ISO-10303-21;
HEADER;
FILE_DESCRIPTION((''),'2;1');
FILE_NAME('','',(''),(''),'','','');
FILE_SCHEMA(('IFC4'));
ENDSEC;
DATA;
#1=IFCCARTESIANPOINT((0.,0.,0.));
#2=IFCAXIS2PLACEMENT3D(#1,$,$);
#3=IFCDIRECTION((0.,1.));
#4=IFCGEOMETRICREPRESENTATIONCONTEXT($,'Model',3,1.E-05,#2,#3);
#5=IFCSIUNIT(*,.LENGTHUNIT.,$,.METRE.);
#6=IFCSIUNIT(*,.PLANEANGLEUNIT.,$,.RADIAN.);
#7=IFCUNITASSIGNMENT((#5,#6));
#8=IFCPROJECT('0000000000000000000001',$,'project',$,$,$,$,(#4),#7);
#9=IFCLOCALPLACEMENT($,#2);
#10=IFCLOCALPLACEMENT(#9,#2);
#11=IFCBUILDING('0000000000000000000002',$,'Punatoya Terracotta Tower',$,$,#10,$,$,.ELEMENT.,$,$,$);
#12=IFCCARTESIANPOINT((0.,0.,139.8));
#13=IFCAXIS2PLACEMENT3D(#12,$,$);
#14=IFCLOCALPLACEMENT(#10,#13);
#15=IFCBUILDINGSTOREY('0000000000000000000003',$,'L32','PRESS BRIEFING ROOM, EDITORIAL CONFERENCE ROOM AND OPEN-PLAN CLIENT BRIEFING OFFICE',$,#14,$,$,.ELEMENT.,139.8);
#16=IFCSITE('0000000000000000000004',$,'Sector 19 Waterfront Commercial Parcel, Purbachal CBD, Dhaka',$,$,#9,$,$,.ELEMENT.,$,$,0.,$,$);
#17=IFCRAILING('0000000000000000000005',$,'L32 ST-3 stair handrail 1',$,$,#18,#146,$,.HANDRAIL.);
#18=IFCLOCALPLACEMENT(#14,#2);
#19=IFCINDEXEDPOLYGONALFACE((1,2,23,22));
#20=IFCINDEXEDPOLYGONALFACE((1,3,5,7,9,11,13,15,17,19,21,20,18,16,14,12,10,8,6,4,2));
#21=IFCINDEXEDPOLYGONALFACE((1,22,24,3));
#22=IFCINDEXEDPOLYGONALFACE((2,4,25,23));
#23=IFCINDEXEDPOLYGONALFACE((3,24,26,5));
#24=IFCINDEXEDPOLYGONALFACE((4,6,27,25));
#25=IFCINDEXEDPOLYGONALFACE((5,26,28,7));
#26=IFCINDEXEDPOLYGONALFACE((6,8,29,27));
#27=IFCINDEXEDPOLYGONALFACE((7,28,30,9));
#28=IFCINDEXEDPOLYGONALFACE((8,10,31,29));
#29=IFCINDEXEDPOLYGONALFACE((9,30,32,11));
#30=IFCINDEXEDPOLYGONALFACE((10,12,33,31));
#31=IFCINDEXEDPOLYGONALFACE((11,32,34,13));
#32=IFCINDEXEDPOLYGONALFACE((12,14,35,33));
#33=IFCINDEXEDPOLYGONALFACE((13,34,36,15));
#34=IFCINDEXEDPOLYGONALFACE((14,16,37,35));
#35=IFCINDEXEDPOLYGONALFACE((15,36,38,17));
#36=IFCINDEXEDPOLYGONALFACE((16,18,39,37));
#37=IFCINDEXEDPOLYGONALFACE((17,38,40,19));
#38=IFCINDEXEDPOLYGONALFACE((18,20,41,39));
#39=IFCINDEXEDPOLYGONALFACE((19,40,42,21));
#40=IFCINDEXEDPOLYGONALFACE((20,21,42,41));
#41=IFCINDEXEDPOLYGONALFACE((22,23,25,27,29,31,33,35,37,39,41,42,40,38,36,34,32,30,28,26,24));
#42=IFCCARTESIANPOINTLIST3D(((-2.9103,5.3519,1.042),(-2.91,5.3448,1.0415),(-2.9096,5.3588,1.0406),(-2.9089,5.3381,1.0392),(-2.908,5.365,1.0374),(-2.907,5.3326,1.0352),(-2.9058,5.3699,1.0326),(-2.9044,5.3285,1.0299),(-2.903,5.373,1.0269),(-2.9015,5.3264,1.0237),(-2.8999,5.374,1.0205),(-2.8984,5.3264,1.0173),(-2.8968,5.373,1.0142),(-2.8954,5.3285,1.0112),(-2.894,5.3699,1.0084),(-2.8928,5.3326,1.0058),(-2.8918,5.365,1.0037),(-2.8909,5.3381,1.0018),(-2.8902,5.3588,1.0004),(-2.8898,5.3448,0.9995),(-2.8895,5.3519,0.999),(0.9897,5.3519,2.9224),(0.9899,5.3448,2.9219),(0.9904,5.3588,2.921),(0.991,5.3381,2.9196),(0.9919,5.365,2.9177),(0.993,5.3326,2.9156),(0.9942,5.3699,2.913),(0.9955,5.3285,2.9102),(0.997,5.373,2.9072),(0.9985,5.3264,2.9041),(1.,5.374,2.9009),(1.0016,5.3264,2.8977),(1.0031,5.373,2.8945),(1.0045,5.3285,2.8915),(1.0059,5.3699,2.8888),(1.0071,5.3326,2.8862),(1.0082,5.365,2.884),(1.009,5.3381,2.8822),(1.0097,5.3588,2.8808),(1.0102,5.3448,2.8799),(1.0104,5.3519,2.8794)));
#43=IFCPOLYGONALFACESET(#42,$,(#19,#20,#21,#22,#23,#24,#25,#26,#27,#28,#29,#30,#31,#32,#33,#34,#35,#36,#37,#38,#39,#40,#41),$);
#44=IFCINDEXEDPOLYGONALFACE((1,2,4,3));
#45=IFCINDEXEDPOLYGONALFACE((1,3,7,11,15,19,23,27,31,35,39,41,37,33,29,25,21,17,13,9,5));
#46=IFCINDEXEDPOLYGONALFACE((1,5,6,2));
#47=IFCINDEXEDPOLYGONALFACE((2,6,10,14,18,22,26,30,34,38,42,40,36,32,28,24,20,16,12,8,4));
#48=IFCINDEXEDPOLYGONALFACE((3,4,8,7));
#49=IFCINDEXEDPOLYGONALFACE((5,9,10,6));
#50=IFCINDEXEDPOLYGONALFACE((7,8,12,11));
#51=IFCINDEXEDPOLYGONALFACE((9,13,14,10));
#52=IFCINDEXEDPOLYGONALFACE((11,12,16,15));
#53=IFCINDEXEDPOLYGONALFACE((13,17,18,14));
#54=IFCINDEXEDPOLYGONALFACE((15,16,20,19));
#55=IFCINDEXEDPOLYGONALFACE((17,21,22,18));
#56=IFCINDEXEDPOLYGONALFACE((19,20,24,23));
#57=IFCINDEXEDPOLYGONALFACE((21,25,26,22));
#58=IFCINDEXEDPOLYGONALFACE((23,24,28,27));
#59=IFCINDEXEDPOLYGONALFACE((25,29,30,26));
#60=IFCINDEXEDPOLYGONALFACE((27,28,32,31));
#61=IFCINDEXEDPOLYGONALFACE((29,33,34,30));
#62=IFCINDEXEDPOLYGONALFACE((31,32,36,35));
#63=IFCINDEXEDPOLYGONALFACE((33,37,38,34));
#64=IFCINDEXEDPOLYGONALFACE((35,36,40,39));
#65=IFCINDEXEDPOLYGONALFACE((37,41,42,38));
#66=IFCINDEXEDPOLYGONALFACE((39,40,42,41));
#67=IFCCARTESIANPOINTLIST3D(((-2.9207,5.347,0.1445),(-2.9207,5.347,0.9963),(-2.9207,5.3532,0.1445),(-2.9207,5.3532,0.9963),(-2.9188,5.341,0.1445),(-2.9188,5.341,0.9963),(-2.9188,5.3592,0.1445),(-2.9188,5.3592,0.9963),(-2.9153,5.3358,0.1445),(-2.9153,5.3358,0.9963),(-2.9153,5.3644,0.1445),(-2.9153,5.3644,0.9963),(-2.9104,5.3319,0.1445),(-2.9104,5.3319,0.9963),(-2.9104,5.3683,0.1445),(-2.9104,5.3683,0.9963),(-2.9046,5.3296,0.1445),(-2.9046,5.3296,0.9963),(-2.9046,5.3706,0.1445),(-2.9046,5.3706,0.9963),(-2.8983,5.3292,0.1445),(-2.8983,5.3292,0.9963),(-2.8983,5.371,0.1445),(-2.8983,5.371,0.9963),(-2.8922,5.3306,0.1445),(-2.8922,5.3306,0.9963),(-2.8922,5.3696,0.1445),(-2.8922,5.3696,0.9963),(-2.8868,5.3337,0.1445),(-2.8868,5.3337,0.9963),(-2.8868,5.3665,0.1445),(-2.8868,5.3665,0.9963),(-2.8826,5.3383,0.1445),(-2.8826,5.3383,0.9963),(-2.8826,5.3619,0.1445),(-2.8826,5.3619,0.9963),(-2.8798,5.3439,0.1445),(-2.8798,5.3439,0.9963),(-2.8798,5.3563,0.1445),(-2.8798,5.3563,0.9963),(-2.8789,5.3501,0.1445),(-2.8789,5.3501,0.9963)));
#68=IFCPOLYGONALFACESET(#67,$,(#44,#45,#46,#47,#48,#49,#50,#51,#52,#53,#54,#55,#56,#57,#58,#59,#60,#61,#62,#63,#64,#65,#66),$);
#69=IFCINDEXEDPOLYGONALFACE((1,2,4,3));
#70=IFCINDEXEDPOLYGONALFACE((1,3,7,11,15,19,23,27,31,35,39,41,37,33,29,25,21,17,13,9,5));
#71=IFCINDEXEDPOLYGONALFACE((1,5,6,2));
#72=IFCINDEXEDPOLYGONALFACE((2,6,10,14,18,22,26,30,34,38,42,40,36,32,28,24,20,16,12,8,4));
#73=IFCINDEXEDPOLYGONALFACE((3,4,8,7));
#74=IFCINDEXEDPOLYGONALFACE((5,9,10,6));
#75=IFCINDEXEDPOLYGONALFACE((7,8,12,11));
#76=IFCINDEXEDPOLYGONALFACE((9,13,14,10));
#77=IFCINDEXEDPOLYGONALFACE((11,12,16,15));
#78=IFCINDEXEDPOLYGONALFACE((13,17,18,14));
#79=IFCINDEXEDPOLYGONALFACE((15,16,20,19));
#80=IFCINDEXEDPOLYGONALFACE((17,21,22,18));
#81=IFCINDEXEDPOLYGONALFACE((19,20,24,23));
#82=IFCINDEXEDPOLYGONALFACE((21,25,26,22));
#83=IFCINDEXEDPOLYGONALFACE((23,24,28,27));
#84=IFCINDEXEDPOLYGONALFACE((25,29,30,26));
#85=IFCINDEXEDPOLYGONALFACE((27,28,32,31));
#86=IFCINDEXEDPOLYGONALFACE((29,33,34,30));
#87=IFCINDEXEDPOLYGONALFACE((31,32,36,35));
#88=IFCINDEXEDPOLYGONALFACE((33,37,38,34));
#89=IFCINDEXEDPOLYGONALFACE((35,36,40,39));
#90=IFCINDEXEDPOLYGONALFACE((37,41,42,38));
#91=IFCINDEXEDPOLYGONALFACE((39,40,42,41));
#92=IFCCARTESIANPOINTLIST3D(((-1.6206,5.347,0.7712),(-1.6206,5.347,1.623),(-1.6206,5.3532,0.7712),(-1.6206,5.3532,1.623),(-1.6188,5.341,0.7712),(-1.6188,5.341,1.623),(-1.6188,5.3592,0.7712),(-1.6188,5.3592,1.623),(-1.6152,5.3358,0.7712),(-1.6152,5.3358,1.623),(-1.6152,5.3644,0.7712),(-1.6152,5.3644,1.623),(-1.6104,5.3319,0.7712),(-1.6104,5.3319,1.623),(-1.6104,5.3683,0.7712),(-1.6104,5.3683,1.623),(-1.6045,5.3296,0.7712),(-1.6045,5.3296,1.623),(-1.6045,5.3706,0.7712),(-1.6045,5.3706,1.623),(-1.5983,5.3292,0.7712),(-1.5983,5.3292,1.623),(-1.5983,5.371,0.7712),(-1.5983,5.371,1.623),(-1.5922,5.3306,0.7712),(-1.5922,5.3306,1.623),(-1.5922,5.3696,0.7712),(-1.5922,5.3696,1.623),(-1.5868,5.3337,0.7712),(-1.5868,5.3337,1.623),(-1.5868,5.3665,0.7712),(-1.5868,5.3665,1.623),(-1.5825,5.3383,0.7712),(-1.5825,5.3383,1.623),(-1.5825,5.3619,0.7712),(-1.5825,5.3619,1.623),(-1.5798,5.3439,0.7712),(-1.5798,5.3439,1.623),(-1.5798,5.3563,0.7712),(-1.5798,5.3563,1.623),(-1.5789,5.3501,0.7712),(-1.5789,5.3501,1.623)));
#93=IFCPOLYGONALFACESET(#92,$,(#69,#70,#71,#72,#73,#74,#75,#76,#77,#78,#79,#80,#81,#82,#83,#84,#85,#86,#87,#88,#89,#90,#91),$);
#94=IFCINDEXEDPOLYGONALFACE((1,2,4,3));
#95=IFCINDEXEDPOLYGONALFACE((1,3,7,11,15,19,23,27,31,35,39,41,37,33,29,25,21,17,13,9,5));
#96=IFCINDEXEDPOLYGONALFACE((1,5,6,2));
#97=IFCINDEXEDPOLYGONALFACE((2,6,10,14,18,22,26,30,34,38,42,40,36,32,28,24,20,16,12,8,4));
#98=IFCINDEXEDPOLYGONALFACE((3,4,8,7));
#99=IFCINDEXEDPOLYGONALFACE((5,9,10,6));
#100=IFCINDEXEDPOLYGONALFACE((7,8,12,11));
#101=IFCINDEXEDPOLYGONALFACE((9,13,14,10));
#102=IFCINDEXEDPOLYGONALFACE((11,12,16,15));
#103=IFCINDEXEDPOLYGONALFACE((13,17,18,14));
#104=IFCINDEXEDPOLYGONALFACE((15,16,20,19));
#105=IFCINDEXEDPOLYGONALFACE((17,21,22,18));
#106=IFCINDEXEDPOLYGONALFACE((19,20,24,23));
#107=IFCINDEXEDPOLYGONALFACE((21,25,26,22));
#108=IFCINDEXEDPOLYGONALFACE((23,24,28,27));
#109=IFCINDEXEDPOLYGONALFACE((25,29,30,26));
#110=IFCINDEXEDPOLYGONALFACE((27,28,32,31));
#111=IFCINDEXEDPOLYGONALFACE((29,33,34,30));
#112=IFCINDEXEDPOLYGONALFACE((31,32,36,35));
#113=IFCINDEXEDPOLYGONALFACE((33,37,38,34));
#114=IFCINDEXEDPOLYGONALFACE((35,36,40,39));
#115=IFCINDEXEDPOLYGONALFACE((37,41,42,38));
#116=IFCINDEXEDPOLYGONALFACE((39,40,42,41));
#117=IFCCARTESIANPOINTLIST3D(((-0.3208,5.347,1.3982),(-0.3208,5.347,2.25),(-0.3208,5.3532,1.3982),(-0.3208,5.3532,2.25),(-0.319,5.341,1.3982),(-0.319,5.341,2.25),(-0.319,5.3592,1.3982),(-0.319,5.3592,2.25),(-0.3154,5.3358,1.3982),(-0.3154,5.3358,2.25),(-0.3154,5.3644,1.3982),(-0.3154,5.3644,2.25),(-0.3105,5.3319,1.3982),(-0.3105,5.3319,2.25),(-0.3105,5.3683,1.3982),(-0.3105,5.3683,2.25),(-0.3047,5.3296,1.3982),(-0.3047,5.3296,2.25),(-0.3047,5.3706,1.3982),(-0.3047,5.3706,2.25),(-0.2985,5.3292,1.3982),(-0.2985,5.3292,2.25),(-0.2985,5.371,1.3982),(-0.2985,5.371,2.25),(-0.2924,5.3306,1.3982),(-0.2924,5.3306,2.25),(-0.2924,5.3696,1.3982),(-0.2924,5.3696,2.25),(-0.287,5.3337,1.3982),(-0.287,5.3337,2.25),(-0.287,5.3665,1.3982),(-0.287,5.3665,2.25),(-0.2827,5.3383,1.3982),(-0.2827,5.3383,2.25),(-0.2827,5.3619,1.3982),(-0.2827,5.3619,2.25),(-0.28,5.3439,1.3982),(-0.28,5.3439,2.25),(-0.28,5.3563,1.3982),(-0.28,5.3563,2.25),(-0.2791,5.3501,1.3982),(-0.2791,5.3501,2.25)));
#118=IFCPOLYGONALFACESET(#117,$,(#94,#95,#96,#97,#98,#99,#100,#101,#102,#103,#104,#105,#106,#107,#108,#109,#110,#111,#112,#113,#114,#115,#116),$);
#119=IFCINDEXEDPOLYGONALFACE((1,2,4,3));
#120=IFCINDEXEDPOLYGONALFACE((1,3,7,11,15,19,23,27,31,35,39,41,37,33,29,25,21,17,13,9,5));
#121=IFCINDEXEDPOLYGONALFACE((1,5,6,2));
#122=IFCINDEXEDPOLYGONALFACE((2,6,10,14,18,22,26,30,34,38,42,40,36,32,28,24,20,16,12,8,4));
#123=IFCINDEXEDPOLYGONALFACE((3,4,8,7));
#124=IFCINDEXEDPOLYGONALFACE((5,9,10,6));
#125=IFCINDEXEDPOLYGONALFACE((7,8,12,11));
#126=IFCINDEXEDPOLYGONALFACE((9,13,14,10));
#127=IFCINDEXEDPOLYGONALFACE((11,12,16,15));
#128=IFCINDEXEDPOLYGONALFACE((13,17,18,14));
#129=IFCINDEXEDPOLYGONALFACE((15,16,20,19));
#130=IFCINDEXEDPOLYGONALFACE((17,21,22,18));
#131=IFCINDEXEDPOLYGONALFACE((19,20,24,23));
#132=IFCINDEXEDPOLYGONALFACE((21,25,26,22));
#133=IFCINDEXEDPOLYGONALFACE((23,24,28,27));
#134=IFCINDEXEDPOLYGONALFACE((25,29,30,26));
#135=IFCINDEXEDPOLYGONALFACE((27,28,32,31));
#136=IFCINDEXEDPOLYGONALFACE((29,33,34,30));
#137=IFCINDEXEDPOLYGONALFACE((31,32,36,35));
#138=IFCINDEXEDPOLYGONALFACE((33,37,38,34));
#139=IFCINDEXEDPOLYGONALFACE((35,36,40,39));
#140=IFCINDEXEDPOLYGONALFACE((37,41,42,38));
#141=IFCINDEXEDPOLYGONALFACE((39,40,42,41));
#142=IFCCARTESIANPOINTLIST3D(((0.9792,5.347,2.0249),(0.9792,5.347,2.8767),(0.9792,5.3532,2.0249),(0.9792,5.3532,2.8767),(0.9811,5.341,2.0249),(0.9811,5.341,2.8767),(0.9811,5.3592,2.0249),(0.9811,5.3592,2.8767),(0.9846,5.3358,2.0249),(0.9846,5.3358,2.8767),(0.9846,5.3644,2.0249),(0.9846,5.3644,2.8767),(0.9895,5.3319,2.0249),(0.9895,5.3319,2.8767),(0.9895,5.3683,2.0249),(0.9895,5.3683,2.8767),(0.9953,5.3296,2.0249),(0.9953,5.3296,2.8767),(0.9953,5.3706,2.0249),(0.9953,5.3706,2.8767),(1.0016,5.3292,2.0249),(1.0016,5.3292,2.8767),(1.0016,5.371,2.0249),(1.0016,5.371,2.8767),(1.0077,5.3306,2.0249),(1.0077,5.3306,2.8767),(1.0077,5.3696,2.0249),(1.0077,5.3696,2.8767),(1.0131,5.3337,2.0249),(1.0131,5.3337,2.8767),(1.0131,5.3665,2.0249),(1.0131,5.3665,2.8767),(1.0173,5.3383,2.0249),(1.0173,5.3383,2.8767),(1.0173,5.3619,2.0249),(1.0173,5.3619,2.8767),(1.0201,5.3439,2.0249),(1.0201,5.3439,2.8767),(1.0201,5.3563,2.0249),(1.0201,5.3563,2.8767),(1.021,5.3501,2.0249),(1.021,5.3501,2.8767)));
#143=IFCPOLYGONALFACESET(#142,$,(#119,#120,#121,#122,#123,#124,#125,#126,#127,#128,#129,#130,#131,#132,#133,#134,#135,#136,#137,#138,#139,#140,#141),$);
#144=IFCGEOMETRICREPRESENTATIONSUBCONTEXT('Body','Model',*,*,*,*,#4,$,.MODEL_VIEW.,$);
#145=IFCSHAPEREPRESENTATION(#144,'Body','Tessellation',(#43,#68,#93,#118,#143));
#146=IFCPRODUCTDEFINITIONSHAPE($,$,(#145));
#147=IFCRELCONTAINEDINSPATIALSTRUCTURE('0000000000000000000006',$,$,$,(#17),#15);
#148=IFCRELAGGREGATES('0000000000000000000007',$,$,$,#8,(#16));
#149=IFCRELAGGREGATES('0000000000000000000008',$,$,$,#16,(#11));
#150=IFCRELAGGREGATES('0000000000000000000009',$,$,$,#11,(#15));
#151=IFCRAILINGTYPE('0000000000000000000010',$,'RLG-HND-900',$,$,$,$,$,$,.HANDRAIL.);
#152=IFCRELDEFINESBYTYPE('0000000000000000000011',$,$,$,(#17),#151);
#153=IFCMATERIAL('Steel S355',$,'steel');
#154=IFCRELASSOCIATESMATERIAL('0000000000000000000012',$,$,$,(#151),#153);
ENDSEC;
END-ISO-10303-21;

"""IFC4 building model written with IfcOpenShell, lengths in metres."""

from ifc_helpers import new_model, si_unit, direction, frame, origin, origin_2d, place, context, subcontext, project, spatial, circle, extrude, material, type_object, element, save


model = new_model("IFC4")

# Units and contexts
model_context = context("Model", 3, precision=1e-05, world=origin(), true_north=direction((0.0, 1.0)))
body_context = subcontext(model_context, "Body", "Model", "MODEL_VIEW")
ifc_project = project(units=[si_unit("LENGTHUNIT", "METRE"), si_unit("PLANEANGLEUNIT", "RADIAN")], contexts=[model_context])

# Site, building, storey
site_placement = place(None, origin())
site = spatial("IfcSite", under=ifc_project, at=site_placement, Name="Sector 19 Waterfront Commercial Parcel, Purbachal CBD, Dhaka", CompositionType="ELEMENT", RefElevation=0.0)
building_placement = place(site_placement, origin())
building = spatial("IfcBuilding", under=site, at=building_placement, Name="Punatoya Terracotta Tower", CompositionType="ELEMENT")
storey_placement = place(building_placement, frame((0.0, 0.0, 139.8)))
storey = spatial("IfcBuildingStorey", under=building, at=storey_placement, Name="L32", Description="PRESS BRIEFING ROOM, EDITORIAL CONFERENCE ROOM AND OPEN-PLAN CLIENT BRIEFING OFFICE", CompositionType="ELEMENT", Elevation=139.8)

# Shared definitions
ifc_material_1 = material(Name="Steel S355", Category="steel")

# Railing
railing_type_1 = type_object("IfcRailingType", Name="RLG-HND-900", PredefinedType="HANDRAIL", material=ifc_material_1)
railing_1_placement = place(storey_placement, frame((-2.8999, 5.3501, 0.1445)))
element("IfcRailing", 1, at=railing_1_placement, inside=storey, type_object=railing_type_1, Name="L32 ST-3 stair handrail 1", PredefinedType="HANDRAIL", context=body_context, shape_type="SweptSolid", body=[
    extrude(circle(Radius=0.0239, at=origin_2d()), frame((0.0, 0.0, 0.876), z_axis=(0.900763, 0.0, 0.434311), x_axis=(0.0, 1.0, 0.0)), (0.0, 0.0, 1.0), 4.3296),
    extrude(circle(Radius=0.021, at=origin_2d()), origin(), (0.0, 0.0, 1.0), 0.8518),
    extrude(circle(Radius=0.021, at=origin_2d()), frame((1.3, 0.0, 0.6267)), (0.0, 0.0, 1.0), 0.8518),
    extrude(circle(Radius=0.021, at=origin_2d()), frame((2.5999, 0.0, 1.2537)), (0.0, 0.0, 1.0), 0.8518),
    extrude(circle(Radius=0.021, at=origin_2d()), frame((3.8999, 0.0, 1.8804)), (0.0, 0.0, 1.0), 0.8518),
])

save(model, "model.ifc")
